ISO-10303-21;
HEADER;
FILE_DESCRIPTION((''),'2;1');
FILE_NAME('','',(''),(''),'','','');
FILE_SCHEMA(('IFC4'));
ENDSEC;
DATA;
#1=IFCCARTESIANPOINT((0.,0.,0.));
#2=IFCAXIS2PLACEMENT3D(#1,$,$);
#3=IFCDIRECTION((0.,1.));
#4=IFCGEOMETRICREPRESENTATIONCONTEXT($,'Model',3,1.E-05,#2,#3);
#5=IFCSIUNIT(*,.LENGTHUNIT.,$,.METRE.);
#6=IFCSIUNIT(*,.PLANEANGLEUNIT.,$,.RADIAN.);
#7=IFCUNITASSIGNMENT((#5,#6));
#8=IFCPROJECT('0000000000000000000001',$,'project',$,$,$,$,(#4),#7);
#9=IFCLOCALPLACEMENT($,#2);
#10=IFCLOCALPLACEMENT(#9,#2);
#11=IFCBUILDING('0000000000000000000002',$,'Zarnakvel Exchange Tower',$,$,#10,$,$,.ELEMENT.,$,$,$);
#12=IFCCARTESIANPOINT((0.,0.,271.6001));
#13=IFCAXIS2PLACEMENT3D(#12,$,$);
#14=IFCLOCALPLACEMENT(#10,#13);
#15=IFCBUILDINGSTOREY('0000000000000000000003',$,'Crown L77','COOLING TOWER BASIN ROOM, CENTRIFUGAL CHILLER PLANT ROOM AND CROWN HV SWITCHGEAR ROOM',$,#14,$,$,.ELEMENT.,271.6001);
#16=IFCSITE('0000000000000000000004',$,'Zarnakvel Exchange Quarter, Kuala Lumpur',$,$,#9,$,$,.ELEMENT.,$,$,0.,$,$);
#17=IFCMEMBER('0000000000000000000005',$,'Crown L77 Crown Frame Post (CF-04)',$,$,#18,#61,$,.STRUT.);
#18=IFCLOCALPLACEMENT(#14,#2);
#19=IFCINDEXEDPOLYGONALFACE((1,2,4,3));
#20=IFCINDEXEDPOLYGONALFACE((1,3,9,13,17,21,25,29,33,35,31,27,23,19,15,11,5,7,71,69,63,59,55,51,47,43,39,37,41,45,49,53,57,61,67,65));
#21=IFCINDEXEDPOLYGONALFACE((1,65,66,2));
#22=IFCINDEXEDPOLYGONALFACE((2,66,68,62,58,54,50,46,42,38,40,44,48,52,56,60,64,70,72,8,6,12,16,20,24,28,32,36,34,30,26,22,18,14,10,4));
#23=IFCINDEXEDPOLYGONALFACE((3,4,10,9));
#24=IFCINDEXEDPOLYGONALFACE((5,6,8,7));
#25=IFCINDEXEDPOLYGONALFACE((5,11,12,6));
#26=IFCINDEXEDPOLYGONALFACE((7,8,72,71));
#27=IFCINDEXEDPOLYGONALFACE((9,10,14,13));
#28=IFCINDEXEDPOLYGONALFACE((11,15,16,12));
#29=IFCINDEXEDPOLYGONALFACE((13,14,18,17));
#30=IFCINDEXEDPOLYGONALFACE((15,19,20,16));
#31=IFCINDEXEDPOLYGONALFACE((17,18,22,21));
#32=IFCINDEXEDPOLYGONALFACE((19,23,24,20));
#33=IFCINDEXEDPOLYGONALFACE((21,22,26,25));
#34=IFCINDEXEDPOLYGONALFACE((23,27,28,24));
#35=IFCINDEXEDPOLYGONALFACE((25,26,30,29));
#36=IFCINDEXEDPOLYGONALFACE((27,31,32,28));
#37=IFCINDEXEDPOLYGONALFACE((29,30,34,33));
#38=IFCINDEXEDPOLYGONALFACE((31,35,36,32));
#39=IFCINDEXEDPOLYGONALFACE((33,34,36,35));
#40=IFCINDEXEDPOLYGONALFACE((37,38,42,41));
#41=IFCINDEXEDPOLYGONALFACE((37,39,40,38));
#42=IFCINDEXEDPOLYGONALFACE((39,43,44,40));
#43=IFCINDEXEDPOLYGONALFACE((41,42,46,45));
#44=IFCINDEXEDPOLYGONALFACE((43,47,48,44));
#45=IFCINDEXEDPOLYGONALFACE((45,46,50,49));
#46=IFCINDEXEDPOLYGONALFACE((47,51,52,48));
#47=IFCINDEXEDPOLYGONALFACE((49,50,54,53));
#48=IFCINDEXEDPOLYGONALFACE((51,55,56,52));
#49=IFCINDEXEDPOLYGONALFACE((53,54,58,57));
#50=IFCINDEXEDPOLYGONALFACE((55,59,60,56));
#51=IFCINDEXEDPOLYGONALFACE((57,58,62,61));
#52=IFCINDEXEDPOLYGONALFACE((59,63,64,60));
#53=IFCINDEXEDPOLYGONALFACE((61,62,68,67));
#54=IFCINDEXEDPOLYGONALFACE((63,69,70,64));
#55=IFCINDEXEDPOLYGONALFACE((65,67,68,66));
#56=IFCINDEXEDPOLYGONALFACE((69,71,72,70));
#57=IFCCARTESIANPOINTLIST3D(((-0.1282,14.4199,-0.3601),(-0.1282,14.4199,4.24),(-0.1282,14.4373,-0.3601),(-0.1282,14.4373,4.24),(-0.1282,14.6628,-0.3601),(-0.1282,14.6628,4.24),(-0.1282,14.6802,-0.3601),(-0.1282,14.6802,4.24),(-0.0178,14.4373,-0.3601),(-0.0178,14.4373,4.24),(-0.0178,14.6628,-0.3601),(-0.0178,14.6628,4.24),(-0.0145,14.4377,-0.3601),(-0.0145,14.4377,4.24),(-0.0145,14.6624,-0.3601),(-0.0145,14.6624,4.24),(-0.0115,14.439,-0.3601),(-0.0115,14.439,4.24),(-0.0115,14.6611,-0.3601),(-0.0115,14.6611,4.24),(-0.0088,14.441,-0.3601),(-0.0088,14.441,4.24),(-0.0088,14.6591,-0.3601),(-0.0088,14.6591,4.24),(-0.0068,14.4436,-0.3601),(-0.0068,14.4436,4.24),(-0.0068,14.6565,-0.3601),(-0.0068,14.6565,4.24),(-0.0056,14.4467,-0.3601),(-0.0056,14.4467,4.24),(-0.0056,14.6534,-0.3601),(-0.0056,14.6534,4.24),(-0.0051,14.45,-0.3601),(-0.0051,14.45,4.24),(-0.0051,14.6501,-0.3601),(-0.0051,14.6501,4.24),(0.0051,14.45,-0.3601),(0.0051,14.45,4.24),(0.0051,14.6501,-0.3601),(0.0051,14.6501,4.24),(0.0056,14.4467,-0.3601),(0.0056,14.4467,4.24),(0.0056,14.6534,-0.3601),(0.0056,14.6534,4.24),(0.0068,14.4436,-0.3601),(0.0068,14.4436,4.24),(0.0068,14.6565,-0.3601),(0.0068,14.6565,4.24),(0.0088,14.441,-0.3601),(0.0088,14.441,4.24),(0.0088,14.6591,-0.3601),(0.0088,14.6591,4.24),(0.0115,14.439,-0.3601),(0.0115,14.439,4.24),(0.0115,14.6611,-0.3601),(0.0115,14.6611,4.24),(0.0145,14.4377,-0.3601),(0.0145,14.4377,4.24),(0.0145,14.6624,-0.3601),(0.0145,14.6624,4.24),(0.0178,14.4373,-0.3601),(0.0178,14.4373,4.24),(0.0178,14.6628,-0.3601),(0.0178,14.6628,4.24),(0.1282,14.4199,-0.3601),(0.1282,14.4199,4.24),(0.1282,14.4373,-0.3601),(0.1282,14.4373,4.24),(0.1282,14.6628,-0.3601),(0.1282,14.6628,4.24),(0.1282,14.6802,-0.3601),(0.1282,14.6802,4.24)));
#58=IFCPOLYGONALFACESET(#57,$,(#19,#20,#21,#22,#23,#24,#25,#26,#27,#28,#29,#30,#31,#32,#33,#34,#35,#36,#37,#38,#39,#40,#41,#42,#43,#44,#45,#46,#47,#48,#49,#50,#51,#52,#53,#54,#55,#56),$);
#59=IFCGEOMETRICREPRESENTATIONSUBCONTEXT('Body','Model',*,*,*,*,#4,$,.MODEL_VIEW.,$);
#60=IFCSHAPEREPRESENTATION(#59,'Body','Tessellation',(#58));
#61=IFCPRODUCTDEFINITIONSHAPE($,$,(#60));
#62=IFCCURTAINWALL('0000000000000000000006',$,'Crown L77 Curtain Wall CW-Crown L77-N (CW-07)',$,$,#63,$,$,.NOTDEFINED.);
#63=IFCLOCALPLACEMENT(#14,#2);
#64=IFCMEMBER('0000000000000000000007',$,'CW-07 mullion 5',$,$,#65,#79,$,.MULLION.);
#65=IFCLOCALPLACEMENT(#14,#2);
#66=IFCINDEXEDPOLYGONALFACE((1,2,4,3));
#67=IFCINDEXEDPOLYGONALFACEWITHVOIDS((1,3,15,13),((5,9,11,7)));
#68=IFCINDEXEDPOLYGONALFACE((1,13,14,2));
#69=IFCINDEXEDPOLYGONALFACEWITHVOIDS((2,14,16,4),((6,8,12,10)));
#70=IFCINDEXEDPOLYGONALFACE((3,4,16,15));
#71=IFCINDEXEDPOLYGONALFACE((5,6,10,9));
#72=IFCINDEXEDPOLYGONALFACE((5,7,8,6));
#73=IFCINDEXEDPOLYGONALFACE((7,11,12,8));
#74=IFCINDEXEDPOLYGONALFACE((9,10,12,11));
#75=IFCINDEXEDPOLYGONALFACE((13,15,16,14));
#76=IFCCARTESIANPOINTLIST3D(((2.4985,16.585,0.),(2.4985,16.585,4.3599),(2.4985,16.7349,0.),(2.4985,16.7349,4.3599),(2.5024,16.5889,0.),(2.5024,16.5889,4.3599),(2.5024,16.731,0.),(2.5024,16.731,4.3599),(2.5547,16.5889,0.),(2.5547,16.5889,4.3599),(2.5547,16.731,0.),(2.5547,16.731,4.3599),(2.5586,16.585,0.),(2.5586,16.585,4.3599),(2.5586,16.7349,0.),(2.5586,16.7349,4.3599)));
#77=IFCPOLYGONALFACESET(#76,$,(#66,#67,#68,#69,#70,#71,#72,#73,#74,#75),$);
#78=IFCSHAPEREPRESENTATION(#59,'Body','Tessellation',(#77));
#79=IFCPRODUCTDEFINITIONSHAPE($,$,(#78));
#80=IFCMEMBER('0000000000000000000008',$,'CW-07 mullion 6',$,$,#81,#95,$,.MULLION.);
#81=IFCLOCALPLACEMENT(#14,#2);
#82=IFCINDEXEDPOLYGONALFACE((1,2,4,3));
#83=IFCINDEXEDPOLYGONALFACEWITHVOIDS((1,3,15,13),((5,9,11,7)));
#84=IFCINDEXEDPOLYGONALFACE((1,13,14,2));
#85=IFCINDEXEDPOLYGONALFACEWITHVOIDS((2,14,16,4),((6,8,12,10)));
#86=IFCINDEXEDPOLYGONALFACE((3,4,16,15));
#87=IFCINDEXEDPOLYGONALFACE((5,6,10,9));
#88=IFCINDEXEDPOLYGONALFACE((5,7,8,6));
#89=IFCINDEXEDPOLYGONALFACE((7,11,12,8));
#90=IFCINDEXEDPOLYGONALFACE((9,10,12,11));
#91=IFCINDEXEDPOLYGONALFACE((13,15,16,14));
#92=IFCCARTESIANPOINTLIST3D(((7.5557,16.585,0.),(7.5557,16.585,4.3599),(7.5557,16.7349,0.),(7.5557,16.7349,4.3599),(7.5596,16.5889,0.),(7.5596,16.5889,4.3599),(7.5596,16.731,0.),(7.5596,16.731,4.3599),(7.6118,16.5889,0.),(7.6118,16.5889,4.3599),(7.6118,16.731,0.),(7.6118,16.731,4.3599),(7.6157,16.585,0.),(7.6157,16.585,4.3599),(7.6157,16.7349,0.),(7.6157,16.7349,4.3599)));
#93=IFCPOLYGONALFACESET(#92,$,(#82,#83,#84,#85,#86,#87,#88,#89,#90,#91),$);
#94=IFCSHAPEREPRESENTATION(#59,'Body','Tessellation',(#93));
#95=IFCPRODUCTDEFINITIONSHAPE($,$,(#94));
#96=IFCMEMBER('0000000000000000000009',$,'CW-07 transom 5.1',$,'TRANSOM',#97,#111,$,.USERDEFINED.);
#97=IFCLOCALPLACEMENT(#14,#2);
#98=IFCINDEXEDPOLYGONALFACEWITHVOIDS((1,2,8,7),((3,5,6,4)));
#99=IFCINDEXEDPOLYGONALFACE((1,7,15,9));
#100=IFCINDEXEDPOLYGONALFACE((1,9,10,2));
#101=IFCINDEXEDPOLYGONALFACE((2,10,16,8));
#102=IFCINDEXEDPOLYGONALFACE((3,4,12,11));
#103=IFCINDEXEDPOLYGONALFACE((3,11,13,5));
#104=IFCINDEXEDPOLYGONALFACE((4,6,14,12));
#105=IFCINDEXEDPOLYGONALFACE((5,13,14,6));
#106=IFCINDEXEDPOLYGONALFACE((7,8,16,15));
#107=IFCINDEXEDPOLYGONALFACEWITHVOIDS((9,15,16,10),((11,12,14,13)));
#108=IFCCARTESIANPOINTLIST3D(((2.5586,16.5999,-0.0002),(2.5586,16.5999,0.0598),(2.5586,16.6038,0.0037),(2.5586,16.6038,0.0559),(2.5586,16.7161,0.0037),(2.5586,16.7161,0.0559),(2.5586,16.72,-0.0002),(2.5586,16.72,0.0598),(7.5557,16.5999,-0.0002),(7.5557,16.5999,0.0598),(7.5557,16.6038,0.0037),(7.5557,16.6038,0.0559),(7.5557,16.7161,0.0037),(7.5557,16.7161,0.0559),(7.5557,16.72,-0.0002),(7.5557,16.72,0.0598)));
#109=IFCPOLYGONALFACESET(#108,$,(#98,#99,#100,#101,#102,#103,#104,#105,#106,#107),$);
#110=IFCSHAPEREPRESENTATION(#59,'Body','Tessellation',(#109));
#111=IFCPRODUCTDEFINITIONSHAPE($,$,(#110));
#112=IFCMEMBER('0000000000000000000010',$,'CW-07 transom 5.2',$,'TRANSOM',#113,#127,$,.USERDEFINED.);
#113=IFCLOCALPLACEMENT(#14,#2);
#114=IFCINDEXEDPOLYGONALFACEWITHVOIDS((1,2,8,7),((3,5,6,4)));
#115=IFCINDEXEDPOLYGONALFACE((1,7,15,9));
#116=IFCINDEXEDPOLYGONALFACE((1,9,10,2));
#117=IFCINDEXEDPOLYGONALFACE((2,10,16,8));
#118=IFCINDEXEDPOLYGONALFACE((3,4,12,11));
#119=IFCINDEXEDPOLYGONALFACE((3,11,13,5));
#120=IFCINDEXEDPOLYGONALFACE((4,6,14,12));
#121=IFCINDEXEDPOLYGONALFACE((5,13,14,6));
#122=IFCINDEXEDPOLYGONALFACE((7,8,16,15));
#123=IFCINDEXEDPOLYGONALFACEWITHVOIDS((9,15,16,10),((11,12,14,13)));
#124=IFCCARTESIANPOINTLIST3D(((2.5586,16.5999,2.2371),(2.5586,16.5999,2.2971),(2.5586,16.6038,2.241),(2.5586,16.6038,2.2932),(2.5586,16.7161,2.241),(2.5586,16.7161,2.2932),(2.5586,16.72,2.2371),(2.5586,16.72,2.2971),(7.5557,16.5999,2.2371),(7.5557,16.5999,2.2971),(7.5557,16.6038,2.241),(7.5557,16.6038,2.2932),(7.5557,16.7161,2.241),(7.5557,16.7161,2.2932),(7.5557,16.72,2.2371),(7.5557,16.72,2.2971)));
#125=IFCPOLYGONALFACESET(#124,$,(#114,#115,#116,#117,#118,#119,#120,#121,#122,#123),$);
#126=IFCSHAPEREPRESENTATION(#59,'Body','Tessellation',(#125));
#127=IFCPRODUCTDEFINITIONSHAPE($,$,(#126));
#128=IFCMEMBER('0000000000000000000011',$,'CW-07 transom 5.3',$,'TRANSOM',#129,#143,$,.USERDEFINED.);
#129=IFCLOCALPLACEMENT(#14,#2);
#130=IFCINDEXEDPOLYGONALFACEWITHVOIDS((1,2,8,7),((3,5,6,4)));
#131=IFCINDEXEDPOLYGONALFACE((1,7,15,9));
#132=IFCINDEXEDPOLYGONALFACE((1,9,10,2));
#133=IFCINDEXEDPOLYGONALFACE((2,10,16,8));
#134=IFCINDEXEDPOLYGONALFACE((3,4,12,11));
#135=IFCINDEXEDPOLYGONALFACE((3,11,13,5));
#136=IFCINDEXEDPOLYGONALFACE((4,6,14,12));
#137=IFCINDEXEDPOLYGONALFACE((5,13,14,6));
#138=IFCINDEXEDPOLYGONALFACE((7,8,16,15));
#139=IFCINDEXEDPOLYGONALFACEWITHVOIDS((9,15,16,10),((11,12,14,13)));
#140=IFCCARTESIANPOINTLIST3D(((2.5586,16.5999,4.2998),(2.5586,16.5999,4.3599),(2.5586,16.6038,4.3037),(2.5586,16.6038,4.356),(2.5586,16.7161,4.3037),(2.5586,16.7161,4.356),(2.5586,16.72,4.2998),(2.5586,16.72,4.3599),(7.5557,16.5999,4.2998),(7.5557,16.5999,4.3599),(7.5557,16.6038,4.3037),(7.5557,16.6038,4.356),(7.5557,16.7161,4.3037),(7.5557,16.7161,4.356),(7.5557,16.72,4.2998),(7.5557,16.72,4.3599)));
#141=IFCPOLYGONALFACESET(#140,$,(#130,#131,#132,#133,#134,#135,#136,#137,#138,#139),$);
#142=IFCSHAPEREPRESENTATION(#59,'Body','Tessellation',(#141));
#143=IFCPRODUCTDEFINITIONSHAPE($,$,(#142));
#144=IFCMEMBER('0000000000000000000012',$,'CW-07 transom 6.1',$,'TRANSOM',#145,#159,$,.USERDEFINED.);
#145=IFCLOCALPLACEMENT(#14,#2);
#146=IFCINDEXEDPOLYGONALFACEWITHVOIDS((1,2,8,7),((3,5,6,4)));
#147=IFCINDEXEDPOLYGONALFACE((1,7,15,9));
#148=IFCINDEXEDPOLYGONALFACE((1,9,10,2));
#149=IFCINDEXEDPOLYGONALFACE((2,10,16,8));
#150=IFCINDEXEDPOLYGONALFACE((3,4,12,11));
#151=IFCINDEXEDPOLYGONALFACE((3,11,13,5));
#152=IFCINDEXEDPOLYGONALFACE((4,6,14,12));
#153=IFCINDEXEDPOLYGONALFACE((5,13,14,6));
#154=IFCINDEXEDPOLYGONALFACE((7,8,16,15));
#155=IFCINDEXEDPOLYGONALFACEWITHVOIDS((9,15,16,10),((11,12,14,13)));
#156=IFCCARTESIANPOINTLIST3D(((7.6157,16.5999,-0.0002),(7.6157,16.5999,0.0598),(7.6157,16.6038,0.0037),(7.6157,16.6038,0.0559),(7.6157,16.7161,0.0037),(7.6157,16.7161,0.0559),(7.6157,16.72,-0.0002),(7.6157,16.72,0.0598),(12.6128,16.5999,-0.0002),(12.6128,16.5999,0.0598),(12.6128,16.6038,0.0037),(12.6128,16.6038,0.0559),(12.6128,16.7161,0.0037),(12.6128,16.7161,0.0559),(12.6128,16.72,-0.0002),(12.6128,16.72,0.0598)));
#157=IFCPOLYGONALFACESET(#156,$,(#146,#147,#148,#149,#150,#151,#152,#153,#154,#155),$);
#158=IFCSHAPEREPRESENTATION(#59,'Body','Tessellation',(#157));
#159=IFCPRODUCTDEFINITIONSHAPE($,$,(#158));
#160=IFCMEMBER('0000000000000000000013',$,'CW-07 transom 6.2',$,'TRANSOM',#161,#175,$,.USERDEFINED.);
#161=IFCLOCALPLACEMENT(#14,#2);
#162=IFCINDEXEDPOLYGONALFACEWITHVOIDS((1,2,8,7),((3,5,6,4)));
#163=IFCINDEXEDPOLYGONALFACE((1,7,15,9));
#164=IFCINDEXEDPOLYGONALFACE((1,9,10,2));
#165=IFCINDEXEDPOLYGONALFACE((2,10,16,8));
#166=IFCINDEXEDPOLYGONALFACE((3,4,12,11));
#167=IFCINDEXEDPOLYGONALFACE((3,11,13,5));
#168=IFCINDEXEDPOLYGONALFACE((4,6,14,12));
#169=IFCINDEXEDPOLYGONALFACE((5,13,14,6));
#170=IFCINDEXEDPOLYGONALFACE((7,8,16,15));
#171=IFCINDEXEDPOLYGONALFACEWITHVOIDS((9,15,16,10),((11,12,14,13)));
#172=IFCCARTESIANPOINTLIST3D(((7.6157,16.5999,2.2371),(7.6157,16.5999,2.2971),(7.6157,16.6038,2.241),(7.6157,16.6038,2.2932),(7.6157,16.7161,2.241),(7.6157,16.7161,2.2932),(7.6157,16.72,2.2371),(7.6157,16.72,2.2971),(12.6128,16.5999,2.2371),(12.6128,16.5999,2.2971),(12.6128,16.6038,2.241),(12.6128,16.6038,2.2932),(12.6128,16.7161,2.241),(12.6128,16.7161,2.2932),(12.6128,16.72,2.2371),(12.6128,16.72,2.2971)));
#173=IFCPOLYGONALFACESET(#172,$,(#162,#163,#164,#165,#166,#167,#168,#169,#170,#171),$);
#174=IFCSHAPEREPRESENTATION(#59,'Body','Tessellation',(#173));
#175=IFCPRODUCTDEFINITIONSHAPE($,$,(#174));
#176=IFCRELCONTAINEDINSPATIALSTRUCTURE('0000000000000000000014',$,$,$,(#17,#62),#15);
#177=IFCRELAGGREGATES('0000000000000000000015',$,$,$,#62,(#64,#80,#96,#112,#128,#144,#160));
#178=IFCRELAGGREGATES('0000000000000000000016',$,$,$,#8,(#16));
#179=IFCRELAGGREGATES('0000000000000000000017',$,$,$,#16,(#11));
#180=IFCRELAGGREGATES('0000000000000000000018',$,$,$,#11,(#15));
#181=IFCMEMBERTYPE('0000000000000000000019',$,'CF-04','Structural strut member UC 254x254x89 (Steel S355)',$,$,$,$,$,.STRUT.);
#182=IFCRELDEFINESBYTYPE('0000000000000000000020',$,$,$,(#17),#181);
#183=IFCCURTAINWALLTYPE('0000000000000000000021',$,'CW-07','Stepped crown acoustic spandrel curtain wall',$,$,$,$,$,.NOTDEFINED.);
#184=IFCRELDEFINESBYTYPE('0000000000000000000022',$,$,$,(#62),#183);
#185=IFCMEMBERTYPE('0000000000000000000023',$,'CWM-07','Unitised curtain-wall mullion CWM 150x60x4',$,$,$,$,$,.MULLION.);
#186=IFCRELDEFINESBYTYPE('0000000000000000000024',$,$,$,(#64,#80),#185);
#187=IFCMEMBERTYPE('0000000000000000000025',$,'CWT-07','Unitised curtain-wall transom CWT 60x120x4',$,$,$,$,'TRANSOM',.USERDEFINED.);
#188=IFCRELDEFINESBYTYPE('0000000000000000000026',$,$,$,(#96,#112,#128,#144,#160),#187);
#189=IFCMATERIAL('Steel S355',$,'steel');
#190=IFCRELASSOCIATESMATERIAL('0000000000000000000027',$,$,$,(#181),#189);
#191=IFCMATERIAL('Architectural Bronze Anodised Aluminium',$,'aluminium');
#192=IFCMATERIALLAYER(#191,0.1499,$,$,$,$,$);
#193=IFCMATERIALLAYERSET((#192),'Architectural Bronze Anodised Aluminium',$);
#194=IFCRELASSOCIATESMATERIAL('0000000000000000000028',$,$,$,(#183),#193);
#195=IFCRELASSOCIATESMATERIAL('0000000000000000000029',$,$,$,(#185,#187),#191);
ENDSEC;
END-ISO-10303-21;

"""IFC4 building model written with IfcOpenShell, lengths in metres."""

from ifc_helpers import new_model, si_unit, direction, frame, origin, origin_2d, place, context, subcontext, project, spatial, hollow_rectangle, i_section, extrude, source, transform, mapped, material, layer, layer_set, material_profile, profile_set, type_object, element, aggregate, save


model = new_model("IFC4")

# Units and contexts
model_context = context("Model", 3, precision=1e-05, world=origin(), true_north=direction((0.0, 1.0)))
body_context = subcontext(model_context, "Body", "Model", "MODEL_VIEW")
ifc_project = project(units=[si_unit("LENGTHUNIT", "METRE"), si_unit("PLANEANGLEUNIT", "RADIAN")], contexts=[model_context])

# Site, building, storey
site_placement = place(None, origin())
site = spatial("IfcSite", under=ifc_project, at=site_placement, Name="Zarnakvel Exchange Quarter, Kuala Lumpur", CompositionType="ELEMENT", RefElevation=0.0)
building_placement = place(site_placement, origin())
building = spatial("IfcBuilding", under=site, at=building_placement, Name="Zarnakvel Exchange Tower", CompositionType="ELEMENT")
storey_placement = place(building_placement, frame((0.0, 0.0, 271.6001)))
storey = spatial("IfcBuildingStorey", under=building, at=storey_placement, Name="Crown L77", Description="COOLING TOWER BASIN ROOM, CENTRIFUGAL CHILLER PLANT ROOM AND CROWN HV SWITCHGEAR ROOM", CompositionType="ELEMENT", Elevation=271.6001)

# Shared definitions
ifc_material_1 = material(Name="Steel S355", Category="steel")

# Member
ifc_material_profile_1 = material_profile(ifc_material_1, i_section(OverallWidth=0.2563, OverallDepth=0.2603, WebThickness=0.0103, FlangeThickness=0.0173, FilletRadius=0.0127, at=origin_2d()))
ifc_profile_set_1 = profile_set([ifc_material_profile_1], Name="Steel S355")
member_type_1 = type_object("IfcMemberType", Name="CF-04", Description="Structural strut member UC 254x254x89 (Steel S355)", PredefinedType="STRUT", material=ifc_profile_set_1)
shared_shape_1 = source(origin(), body_context, "Body", "SweptSolid", [
    extrude(i_section(OverallWidth=0.2563, OverallDepth=0.2603, WebThickness=0.0103, FlangeThickness=0.0173, FilletRadius=0.0127, at=origin_2d()), origin(), (0.0, 0.0, 1.0), 4.6001),
])
member_1_placement = place(storey_placement, frame((0.0, 14.55, -0.3601), z_axis=(0.0, 0.0, 1.0), x_axis=(1.0, 0.0, 0.0)))
element("IfcMember", 1, at=member_1_placement, inside=storey, type_object=member_type_1, Name="Crown L77 Crown Frame Post (CF-04)", PredefinedType="STRUT", context=body_context, shape_type="MappedRepresentation", body=[
    mapped(shared_shape_1, transform((0.0, 0.0, 0.0), x_axis=(1.0, 0.0, 0.0), y_axis=(0.0, 1.0, 0.0), z_axis=(0.0, 0.0, 1.0), scale=1.0)),
])

# Curtain wall, members
ifc_material_2 = material(Name="Architectural Bronze Anodised Aluminium", Category="aluminium")
ifc_layer_1 = layer(ifc_material_2, 0.1499)
ifc_layer_set_1 = layer_set([ifc_layer_1], Name="Architectural Bronze Anodised Aluminium")
curtain_wall_type = type_object("IfcCurtainWallType", Name="CW-07", Description="Stepped crown acoustic spandrel curtain wall", PredefinedType="NOTDEFINED", material=ifc_layer_set_1)
curtain_wall_placement = place(storey_placement, origin())
curtain_wall = element("IfcCurtainWall", 2, at=curtain_wall_placement, inside=storey, type_object=curtain_wall_type, Name="Crown L77 Curtain Wall CW-Crown L77-N (CW-07)", PredefinedType="NOTDEFINED")
ifc_material_profile_2 = material_profile(ifc_material_2, hollow_rectangle(XDim=0.1499, YDim=0.0601, WallThickness=0.0039, at=origin_2d()))
ifc_profile_set_2 = profile_set([ifc_material_profile_2], Name="Architectural Bronze Anodised Aluminium")
member_type_2 = type_object("IfcMemberType", Name="CWM-07", Description="Unitised curtain-wall mullion CWM 150x60x4", PredefinedType="MULLION", material=ifc_profile_set_2)
shared_shape_2 = source(origin(), body_context, "Body", "SweptSolid", [
    extrude(hollow_rectangle(XDim=0.1499, YDim=0.0601, WallThickness=0.0039, at=origin_2d()), origin(), (0.0, 0.0, 1.0), 4.3599),
])
member_2_placement = place(storey_placement, frame((2.5286, 16.6599, 0.0), z_axis=(0.0, 0.0, 1.0), x_axis=(0.0, 1.0, 0.0)))
member_2 = element("IfcMember", 3, at=member_2_placement, type_object=member_type_2, Name="CW-07 mullion 5", PredefinedType="MULLION", context=body_context, shape_type="MappedRepresentation", body=[
    mapped(shared_shape_2, transform((0.0, 0.0, 0.0), x_axis=(1.0, 0.0, 0.0), y_axis=(0.0, 1.0, 0.0), z_axis=(0.0, 0.0, 1.0), scale=1.0)),
])
member_3_placement = place(storey_placement, frame((7.5857, 16.6599, 0.0), z_axis=(0.0, 0.0, 1.0), x_axis=(0.0, 1.0, 0.0)))
member_3 = element("IfcMember", 4, at=member_3_placement, type_object=member_type_2, Name="CW-07 mullion 6", PredefinedType="MULLION", context=body_context, shape_type="MappedRepresentation", body=[
    mapped(shared_shape_2, transform((0.0, 0.0, 0.0), x_axis=(1.0, 0.0, 0.0), y_axis=(0.0, 1.0, 0.0), z_axis=(0.0, 0.0, 1.0), scale=1.0)),
])
ifc_material_profile_3 = material_profile(ifc_material_2, hollow_rectangle(XDim=0.1201, YDim=0.0601, WallThickness=0.0039, at=origin_2d()))
ifc_profile_set_3 = profile_set([ifc_material_profile_3], Name="Architectural Bronze Anodised Aluminium")
member_type_3 = type_object("IfcMemberType", Name="CWT-07", Description="Unitised curtain-wall transom CWT 60x120x4", ElementType="TRANSOM", PredefinedType="USERDEFINED", material=ifc_profile_set_3)
shared_shape_3 = source(origin(), body_context, "Body", "SweptSolid", [
    extrude(hollow_rectangle(XDim=0.1201, YDim=0.0601, WallThickness=0.0039, at=origin_2d()), origin(), (0.0, 0.0, 1.0), 4.9971),
])
member_4_placement = place(storey_placement, frame((2.5586, 16.6599, 0.0298), z_axis=(1.0, 0.0, 0.0), x_axis=(0.0, 1.0, 0.0)))
member_4 = element("IfcMember", 5, at=member_4_placement, type_object=member_type_3, Name="CW-07 transom 5.1", ObjectType="TRANSOM", PredefinedType="USERDEFINED", context=body_context, shape_type="MappedRepresentation", body=[
    mapped(shared_shape_3, transform((0.0, 0.0, 0.0), x_axis=(1.0, 0.0, 0.0), y_axis=(0.0, 1.0, 0.0), z_axis=(0.0, 0.0, 1.0), scale=1.0)),
])
member_5_placement = place(storey_placement, frame((2.5586, 16.6599, 2.2671), z_axis=(1.0, 0.0, 0.0), x_axis=(0.0, 1.0, 0.0)))
member_5 = element("IfcMember", 6, at=member_5_placement, type_object=member_type_3, Name="CW-07 transom 5.2", ObjectType="TRANSOM", PredefinedType="USERDEFINED", context=body_context, shape_type="MappedRepresentation", body=[
    mapped(shared_shape_3, transform((0.0, 0.0, 0.0), x_axis=(1.0, 0.0, 0.0), y_axis=(0.0, 1.0, 0.0), z_axis=(0.0, 0.0, 1.0), scale=1.0)),
])
member_6_placement = place(storey_placement, frame((2.5586, 16.6599, 4.3298), z_axis=(1.0, 0.0, 0.0), x_axis=(0.0, 1.0, 0.0)))
member_6 = element("IfcMember", 7, at=member_6_placement, type_object=member_type_3, Name="CW-07 transom 5.3", ObjectType="TRANSOM", PredefinedType="USERDEFINED", context=body_context, shape_type="MappedRepresentation", body=[
    mapped(shared_shape_3, transform((0.0, 0.0, 0.0), x_axis=(1.0, 0.0, 0.0), y_axis=(0.0, 1.0, 0.0), z_axis=(0.0, 0.0, 1.0), scale=1.0)),
])
member_7_placement = place(storey_placement, frame((7.6157, 16.6599, 0.0298), z_axis=(1.0, 0.0, 0.0), x_axis=(0.0, 1.0, 0.0)))
member_7 = element("IfcMember", 8, at=member_7_placement, type_object=member_type_3, Name="CW-07 transom 6.1", ObjectType="TRANSOM", PredefinedType="USERDEFINED", context=body_context, shape_type="MappedRepresentation", body=[
    mapped(shared_shape_3, transform((0.0, 0.0, 0.0), x_axis=(1.0, 0.0, 0.0), y_axis=(0.0, 1.0, 0.0), z_axis=(0.0, 0.0, 1.0), scale=1.0)),
])
member_8_placement = place(storey_placement, frame((7.6157, 16.6599, 2.2671), z_axis=(1.0, 0.0, 0.0), x_axis=(0.0, 1.0, 0.0)))
member_8 = element("IfcMember", 9, at=member_8_placement, type_object=member_type_3, Name="CW-07 transom 6.2", ObjectType="TRANSOM", PredefinedType="USERDEFINED", context=body_context, shape_type="MappedRepresentation", body=[
    mapped(shared_shape_3, transform((0.0, 0.0, 0.0), x_axis=(1.0, 0.0, 0.0), y_axis=(0.0, 1.0, 0.0), z_axis=(0.0, 0.0, 1.0), scale=1.0)),
])

aggregate(curtain_wall, [member_2, member_3, member_4, member_5, member_6, member_7, member_8])

save(model, "model.ifc")
